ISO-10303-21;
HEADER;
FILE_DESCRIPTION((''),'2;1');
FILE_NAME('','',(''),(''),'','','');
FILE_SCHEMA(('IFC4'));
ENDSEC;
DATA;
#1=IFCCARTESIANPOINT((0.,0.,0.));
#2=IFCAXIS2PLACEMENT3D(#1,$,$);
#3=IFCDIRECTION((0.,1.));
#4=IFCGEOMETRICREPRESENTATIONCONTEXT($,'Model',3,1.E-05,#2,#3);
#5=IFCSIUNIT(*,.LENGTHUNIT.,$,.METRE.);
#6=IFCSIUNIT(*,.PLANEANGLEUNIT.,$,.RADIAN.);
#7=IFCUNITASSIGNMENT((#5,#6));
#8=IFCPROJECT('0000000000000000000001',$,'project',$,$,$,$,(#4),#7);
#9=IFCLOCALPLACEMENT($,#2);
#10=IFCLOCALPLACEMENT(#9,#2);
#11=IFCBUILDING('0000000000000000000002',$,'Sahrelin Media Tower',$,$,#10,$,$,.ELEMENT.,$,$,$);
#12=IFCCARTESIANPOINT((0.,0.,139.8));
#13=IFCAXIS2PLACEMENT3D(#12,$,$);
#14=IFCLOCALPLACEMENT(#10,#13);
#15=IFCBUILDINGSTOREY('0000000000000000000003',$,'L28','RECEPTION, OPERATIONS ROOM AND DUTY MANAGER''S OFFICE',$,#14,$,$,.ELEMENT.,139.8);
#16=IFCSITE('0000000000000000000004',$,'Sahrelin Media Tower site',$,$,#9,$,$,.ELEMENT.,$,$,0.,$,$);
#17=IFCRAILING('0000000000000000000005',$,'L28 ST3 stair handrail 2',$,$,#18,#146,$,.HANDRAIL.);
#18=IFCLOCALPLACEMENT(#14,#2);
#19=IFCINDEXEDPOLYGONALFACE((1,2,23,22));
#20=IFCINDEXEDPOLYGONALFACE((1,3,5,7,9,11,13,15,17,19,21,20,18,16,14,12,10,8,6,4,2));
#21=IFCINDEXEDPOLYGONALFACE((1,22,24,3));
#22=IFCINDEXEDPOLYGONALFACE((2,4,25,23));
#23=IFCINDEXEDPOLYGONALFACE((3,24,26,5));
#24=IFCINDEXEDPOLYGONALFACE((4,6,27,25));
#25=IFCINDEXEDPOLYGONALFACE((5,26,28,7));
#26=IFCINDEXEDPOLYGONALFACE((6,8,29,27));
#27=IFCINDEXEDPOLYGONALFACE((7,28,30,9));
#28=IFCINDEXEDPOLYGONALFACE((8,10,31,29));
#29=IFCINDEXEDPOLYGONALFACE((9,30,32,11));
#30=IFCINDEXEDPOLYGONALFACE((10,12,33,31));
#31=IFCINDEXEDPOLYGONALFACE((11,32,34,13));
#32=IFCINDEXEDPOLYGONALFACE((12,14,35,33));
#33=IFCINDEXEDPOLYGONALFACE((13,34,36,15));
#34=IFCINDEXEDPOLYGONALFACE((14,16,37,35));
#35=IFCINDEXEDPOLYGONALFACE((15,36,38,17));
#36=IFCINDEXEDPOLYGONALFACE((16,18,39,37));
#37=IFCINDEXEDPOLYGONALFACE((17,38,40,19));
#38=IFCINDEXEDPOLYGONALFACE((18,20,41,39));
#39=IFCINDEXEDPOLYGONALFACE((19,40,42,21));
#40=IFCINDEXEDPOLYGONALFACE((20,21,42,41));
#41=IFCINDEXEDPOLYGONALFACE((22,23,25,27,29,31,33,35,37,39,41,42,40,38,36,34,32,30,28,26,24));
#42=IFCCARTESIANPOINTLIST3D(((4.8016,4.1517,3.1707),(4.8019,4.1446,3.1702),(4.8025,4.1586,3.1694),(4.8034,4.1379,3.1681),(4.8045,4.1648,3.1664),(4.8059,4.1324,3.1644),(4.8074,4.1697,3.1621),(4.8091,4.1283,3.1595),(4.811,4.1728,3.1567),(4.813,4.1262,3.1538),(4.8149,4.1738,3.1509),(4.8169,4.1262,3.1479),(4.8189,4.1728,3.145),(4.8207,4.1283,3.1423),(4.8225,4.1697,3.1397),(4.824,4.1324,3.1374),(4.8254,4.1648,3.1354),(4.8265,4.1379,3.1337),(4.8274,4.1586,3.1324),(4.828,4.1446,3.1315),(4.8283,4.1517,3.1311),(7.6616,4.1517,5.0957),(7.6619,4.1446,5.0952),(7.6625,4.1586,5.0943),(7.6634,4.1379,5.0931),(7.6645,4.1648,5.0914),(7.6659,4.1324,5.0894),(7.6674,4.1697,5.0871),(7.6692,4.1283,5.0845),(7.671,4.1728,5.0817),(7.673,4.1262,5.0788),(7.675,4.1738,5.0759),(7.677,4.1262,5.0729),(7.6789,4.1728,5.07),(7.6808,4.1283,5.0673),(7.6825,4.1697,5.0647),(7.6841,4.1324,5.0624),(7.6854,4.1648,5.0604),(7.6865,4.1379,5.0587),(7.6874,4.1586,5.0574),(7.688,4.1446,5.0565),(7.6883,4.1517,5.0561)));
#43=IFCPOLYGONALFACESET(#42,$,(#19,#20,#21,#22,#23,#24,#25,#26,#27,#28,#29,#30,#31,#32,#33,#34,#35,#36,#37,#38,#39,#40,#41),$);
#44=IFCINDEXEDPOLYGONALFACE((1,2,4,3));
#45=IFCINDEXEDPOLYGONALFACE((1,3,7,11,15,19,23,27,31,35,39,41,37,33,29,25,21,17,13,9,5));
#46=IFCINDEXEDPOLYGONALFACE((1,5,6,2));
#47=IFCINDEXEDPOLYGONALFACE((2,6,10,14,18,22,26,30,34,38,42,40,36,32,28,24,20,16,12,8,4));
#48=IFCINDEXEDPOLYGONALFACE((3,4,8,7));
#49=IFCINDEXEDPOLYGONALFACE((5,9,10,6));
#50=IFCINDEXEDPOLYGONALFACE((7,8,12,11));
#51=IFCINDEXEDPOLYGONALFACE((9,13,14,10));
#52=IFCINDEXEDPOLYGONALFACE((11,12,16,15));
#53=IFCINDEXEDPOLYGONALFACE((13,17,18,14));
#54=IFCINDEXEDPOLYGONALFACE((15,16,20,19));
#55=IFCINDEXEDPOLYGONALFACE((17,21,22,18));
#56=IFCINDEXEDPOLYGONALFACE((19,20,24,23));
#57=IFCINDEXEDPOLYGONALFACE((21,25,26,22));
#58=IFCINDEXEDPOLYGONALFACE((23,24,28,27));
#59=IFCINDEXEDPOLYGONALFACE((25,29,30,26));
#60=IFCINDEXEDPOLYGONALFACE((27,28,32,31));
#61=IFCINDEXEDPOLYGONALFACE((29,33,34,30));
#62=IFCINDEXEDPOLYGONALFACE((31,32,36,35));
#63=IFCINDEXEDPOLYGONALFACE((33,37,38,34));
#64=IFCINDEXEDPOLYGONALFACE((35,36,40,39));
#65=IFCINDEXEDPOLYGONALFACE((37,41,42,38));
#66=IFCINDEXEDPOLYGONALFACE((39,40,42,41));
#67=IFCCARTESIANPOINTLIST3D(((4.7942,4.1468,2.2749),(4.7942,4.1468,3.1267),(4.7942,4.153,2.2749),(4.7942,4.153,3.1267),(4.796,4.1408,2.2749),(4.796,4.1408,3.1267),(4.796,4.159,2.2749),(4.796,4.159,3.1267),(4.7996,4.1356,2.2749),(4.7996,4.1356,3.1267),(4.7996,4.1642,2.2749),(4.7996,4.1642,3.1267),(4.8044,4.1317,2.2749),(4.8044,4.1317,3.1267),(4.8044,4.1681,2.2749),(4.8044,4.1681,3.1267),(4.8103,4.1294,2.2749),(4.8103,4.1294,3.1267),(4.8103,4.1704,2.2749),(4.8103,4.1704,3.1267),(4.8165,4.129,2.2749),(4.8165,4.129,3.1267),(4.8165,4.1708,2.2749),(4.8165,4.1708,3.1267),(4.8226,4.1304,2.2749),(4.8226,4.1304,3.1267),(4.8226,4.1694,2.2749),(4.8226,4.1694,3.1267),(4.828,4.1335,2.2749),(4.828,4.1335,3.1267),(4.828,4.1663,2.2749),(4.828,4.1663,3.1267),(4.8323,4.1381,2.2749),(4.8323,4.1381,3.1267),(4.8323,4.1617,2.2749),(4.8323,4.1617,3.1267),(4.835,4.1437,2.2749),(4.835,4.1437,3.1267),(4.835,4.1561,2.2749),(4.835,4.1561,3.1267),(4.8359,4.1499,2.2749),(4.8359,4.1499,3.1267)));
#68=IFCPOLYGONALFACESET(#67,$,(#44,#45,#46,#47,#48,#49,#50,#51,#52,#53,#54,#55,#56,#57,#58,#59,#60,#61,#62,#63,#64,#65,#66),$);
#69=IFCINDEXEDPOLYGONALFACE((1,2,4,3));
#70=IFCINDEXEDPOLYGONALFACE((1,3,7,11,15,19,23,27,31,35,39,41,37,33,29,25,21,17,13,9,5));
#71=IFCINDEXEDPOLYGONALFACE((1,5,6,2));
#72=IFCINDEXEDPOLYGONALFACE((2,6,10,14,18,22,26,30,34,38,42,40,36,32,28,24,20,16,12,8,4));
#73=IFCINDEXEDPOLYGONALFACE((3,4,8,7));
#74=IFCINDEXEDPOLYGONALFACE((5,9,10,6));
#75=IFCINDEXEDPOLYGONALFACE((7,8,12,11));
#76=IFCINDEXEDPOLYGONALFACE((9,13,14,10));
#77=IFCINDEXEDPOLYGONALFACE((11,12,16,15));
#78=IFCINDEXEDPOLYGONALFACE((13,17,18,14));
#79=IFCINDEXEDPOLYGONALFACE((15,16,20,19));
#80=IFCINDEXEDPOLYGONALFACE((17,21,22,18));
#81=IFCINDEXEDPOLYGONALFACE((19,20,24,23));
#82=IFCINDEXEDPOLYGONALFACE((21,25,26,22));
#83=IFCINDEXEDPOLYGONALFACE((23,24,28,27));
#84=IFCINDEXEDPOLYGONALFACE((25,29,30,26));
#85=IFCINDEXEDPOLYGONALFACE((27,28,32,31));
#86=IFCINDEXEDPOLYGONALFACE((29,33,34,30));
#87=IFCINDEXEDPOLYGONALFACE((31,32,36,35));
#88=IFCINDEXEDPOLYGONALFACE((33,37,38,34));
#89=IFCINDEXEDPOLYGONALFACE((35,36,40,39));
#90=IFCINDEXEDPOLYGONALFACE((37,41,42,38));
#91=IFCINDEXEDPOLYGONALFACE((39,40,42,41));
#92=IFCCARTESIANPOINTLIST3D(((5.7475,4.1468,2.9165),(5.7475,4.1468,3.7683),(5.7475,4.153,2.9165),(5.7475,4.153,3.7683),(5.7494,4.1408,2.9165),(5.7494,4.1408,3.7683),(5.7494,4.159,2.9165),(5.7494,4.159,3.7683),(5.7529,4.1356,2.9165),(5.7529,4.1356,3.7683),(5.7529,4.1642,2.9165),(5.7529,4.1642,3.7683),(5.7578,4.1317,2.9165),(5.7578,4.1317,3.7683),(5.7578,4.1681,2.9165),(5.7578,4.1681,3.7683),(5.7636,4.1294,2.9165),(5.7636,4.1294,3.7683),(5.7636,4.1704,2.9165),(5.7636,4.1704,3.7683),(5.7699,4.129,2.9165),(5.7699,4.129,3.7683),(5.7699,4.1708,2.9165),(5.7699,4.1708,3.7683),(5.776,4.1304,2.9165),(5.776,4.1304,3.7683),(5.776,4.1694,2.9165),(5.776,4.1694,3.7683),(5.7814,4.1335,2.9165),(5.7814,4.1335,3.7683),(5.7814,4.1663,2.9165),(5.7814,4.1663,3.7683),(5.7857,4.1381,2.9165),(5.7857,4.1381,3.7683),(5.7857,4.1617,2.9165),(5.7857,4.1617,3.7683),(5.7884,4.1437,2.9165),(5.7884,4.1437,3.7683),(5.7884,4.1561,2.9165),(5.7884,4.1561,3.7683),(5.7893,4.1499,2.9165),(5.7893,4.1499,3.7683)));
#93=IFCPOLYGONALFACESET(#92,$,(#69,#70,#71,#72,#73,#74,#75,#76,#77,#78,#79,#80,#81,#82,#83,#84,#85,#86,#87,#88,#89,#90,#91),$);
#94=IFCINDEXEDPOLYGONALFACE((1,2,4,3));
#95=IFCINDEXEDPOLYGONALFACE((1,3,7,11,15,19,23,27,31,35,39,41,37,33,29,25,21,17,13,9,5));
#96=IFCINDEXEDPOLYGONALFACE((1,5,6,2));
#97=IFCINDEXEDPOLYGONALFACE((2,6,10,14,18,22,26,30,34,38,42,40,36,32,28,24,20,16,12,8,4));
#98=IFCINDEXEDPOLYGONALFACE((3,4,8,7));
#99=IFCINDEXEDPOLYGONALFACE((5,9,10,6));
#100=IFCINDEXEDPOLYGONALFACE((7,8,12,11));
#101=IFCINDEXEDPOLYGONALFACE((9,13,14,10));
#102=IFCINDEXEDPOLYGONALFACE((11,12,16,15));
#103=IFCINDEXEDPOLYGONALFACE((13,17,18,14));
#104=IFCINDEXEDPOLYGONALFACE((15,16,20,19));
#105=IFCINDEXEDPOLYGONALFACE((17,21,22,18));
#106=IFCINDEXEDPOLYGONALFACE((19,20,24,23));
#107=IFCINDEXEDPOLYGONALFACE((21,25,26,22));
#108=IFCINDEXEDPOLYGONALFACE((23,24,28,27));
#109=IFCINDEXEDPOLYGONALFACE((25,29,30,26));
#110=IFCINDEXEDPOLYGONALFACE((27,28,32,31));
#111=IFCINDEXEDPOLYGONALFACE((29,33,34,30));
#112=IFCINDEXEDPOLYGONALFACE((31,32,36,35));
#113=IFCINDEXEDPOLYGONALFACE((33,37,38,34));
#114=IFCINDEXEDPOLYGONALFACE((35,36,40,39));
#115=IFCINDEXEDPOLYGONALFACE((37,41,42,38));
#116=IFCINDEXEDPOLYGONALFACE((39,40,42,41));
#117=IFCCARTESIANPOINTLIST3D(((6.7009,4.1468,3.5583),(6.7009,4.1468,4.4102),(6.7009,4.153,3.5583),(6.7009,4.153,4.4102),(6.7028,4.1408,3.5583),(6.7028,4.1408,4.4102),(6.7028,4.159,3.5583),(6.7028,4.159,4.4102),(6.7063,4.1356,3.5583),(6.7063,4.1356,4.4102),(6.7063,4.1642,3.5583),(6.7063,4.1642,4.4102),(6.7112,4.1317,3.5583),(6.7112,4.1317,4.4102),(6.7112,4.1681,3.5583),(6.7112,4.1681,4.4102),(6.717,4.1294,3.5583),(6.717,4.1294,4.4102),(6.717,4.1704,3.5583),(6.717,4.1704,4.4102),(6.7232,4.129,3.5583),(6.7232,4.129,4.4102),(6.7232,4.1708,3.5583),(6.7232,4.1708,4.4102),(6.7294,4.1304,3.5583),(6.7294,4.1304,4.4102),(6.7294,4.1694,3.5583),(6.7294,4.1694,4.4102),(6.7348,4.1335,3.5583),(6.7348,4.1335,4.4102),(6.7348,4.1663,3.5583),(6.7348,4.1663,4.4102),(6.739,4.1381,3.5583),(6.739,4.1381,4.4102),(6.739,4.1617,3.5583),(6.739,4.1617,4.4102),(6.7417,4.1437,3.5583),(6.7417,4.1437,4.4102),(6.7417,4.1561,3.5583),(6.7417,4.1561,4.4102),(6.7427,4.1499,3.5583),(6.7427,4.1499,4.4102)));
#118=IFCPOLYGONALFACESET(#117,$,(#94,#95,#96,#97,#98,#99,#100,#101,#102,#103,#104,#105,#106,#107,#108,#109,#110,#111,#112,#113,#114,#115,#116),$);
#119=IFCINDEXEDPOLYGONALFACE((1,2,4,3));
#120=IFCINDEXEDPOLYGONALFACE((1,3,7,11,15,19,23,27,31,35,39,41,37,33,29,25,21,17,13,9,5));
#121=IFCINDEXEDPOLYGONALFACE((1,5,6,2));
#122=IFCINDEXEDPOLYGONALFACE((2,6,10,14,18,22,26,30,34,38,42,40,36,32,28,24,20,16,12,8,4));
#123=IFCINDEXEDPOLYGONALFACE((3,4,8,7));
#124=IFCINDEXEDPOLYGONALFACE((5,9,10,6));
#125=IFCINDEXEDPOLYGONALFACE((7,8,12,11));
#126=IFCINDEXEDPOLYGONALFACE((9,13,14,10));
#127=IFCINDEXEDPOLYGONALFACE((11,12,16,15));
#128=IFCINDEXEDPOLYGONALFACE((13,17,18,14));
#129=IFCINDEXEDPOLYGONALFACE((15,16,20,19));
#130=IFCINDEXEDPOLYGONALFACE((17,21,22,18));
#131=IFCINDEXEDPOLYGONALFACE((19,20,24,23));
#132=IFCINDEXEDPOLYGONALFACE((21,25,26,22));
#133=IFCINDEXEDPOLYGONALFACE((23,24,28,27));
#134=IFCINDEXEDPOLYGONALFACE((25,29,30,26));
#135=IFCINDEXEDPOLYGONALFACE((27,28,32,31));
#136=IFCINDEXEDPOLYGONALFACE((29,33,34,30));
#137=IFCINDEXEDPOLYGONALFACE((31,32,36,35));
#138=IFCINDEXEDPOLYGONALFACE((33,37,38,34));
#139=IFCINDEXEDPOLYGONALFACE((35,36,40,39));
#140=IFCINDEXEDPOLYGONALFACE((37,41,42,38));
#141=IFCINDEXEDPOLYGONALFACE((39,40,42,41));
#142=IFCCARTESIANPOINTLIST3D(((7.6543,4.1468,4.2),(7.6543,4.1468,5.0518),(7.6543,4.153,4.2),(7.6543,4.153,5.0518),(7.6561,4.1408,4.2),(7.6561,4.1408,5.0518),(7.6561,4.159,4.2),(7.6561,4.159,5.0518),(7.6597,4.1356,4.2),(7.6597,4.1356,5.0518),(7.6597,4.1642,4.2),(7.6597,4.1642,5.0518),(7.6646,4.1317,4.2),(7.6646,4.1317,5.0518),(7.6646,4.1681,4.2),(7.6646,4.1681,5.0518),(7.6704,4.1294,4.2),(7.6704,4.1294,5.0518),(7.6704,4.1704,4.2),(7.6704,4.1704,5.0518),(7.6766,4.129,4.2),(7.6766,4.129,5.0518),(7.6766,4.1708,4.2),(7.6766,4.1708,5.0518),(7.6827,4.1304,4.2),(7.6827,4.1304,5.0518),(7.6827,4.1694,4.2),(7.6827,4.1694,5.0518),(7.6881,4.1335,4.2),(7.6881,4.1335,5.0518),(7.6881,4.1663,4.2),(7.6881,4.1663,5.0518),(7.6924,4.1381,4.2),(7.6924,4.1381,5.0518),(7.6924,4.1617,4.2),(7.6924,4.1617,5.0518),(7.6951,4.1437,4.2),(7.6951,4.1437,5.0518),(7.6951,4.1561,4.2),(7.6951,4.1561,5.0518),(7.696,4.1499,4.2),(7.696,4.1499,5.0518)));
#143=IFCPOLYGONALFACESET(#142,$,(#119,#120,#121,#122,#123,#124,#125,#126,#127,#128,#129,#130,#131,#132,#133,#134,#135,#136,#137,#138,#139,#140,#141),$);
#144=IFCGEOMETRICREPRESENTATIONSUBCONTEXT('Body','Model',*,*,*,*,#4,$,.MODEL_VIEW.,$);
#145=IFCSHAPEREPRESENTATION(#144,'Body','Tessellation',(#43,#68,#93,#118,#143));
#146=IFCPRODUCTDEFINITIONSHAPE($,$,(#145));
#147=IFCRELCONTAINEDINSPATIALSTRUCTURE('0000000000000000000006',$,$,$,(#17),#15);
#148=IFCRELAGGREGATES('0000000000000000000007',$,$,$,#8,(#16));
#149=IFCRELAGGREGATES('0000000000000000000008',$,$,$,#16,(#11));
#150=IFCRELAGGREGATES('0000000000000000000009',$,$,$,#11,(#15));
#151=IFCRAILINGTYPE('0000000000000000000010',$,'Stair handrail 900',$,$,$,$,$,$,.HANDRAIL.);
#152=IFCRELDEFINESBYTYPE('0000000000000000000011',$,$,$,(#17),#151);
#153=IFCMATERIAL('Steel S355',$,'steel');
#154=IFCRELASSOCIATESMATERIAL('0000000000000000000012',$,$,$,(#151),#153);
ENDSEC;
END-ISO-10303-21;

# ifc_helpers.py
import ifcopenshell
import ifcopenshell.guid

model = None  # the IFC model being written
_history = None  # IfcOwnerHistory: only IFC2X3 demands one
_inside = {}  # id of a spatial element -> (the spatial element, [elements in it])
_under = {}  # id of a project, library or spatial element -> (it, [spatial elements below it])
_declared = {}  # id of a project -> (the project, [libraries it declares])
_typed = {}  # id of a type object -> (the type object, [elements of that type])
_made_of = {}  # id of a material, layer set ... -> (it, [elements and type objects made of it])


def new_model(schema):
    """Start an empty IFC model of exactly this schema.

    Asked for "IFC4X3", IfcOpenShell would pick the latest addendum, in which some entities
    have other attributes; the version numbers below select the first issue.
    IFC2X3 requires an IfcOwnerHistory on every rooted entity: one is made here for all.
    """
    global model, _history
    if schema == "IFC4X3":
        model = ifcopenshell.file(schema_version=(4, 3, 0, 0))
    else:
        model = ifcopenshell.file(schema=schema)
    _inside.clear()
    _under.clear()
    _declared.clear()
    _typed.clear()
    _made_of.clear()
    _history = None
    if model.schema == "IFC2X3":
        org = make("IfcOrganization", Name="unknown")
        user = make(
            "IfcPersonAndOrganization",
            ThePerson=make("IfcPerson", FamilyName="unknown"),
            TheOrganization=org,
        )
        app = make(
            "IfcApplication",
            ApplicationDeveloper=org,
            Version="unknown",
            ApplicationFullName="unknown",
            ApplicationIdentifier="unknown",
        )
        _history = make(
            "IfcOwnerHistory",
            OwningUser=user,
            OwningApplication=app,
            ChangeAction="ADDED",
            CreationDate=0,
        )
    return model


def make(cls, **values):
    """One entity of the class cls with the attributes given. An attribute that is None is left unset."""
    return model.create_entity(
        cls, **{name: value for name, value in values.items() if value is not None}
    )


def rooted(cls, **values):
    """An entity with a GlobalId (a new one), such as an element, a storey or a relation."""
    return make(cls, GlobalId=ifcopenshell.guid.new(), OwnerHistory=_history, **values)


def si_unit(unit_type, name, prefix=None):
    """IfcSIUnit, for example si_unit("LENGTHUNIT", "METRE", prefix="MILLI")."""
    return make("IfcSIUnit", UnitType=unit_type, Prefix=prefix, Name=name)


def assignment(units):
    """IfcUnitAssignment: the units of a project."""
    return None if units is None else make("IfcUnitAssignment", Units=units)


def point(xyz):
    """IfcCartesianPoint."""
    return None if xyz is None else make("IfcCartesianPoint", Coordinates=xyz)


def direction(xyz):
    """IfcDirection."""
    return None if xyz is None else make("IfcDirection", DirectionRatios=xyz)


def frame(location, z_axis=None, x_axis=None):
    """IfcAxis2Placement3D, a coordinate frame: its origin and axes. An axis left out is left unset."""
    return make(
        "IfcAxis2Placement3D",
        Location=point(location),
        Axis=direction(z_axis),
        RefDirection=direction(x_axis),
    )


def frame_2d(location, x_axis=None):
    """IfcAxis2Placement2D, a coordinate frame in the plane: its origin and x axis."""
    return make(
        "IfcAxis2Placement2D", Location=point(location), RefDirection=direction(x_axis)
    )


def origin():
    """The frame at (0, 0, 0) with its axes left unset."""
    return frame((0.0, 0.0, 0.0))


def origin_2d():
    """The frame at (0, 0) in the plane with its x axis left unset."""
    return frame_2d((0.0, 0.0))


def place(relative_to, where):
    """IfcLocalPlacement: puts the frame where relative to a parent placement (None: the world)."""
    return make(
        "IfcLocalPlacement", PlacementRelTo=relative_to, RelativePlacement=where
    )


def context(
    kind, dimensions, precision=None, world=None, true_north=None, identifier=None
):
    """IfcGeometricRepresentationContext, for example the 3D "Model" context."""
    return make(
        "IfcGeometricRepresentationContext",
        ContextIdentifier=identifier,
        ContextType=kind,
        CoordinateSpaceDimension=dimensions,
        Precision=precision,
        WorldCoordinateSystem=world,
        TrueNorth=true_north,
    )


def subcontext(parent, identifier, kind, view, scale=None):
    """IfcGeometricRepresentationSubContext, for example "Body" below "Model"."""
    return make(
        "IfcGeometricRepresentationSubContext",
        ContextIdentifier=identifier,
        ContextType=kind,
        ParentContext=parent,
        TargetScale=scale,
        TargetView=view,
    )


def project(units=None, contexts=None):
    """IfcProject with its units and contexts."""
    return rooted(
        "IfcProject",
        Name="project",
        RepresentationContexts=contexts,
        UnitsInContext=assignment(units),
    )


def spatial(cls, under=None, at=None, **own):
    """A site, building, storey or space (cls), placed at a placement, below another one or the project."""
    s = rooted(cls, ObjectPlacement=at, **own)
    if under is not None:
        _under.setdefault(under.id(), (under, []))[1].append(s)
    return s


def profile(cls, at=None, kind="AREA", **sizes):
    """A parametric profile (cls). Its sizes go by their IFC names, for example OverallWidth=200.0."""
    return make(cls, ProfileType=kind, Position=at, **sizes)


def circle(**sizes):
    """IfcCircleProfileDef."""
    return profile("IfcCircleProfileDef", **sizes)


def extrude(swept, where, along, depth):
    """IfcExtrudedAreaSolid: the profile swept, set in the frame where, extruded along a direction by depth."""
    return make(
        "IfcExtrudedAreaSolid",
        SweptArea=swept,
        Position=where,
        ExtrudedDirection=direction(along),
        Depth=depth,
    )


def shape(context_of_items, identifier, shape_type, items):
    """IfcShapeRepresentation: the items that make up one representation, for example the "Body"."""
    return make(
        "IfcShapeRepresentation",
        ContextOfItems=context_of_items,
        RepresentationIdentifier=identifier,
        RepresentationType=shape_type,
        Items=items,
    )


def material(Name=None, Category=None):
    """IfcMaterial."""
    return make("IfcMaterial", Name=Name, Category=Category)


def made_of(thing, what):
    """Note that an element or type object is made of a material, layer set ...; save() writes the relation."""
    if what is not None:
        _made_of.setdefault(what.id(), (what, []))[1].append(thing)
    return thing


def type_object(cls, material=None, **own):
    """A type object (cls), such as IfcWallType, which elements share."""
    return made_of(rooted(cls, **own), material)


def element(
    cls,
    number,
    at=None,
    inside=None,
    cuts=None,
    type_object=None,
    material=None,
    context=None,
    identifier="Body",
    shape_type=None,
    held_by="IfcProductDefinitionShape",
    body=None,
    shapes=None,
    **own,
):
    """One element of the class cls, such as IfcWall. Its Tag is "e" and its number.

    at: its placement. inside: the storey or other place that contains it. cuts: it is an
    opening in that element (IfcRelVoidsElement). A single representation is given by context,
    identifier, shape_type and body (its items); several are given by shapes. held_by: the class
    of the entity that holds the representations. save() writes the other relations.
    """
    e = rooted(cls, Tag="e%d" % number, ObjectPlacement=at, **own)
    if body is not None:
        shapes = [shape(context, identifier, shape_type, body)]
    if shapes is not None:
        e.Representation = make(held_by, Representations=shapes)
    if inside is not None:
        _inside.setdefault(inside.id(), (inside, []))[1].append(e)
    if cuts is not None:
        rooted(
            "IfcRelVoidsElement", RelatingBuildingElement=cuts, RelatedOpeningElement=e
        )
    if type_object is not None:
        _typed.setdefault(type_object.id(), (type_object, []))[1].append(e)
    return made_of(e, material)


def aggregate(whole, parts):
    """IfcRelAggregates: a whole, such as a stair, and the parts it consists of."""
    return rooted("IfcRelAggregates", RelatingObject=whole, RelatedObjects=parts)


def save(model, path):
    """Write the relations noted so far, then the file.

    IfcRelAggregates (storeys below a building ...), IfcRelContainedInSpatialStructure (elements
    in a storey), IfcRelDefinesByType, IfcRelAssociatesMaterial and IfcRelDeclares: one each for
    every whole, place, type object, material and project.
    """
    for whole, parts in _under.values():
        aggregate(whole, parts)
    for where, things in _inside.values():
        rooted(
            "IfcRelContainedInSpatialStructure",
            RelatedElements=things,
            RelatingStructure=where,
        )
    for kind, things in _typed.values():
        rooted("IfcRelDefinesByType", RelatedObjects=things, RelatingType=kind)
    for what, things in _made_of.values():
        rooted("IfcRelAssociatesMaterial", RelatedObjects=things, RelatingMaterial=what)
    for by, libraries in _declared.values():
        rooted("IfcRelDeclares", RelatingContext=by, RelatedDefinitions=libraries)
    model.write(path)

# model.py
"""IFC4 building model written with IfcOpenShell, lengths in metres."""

from ifc_helpers import new_model, si_unit, direction, frame, origin, origin_2d, place, context, subcontext, project, spatial, circle, extrude, material, type_object, element, save


model = new_model("IFC4")

# Units and contexts
model_context = context("Model", 3, precision=1e-05, world=origin(), true_north=direction((0.0, 1.0)))
body_context = subcontext(model_context, "Body", "Model", "MODEL_VIEW")
ifc_project = project(units=[si_unit("LENGTHUNIT", "METRE"), si_unit("PLANEANGLEUNIT", "RADIAN")], contexts=[model_context])

# Site, building, storey
site_placement = place(None, origin())
site = spatial("IfcSite", under=ifc_project, at=site_placement, Name="Sahrelin Media Tower site", CompositionType="ELEMENT", RefElevation=0.0)
building_placement = place(site_placement, origin())
building = spatial("IfcBuilding", under=site, at=building_placement, Name="Sahrelin Media Tower", CompositionType="ELEMENT")
storey_placement = place(building_placement, frame((0.0, 0.0, 139.8)))
storey = spatial("IfcBuildingStorey", under=building, at=storey_placement, Name="L28", Description="RECEPTION, OPERATIONS ROOM AND DUTY MANAGER'S OFFICE", CompositionType="ELEMENT", Elevation=139.8)

# Shared definitions
ifc_material_1 = material(Name="Steel S355", Category="steel")

# Railing
railing_type_1 = type_object("IfcRailingType", Name="Stair handrail 900", PredefinedType="HANDRAIL", material=ifc_material_1)
railing_1_placement = place(storey_placement, frame((4.8149, 4.1499, 2.2749)))
element("IfcRailing", 1, at=railing_1_placement, inside=storey, type_object=railing_type_1, Name="L28 ST3 stair handrail 2", PredefinedType="HANDRAIL", context=body_context, shape_type="SweptSolid", body=[
    extrude(circle(Radius=0.0239, at=origin_2d()), frame((0.0, 0.0, 0.876), z_axis=(0.829591, 0.0, 0.558372), x_axis=(0.0, 1.0, 0.0)), (0.0, 0.0, 1.0), 3.4475),
    extrude(circle(Radius=0.021, at=origin_2d()), origin(), (0.0, 0.0, 1.0), 0.8518),
    extrude(circle(Radius=0.021, at=origin_2d()), frame((0.9534, 0.0, 0.6416)), (0.0, 0.0, 1.0), 0.8518),
    extrude(circle(Radius=0.021, at=origin_2d()), frame((1.9067, 0.0, 1.2834)), (0.0, 0.0, 1.0), 0.8518),
    extrude(circle(Radius=0.021, at=origin_2d()), frame((2.8601, 0.0, 1.925)), (0.0, 0.0, 1.0), 0.8518),
])

save(model, "model.ifc")
